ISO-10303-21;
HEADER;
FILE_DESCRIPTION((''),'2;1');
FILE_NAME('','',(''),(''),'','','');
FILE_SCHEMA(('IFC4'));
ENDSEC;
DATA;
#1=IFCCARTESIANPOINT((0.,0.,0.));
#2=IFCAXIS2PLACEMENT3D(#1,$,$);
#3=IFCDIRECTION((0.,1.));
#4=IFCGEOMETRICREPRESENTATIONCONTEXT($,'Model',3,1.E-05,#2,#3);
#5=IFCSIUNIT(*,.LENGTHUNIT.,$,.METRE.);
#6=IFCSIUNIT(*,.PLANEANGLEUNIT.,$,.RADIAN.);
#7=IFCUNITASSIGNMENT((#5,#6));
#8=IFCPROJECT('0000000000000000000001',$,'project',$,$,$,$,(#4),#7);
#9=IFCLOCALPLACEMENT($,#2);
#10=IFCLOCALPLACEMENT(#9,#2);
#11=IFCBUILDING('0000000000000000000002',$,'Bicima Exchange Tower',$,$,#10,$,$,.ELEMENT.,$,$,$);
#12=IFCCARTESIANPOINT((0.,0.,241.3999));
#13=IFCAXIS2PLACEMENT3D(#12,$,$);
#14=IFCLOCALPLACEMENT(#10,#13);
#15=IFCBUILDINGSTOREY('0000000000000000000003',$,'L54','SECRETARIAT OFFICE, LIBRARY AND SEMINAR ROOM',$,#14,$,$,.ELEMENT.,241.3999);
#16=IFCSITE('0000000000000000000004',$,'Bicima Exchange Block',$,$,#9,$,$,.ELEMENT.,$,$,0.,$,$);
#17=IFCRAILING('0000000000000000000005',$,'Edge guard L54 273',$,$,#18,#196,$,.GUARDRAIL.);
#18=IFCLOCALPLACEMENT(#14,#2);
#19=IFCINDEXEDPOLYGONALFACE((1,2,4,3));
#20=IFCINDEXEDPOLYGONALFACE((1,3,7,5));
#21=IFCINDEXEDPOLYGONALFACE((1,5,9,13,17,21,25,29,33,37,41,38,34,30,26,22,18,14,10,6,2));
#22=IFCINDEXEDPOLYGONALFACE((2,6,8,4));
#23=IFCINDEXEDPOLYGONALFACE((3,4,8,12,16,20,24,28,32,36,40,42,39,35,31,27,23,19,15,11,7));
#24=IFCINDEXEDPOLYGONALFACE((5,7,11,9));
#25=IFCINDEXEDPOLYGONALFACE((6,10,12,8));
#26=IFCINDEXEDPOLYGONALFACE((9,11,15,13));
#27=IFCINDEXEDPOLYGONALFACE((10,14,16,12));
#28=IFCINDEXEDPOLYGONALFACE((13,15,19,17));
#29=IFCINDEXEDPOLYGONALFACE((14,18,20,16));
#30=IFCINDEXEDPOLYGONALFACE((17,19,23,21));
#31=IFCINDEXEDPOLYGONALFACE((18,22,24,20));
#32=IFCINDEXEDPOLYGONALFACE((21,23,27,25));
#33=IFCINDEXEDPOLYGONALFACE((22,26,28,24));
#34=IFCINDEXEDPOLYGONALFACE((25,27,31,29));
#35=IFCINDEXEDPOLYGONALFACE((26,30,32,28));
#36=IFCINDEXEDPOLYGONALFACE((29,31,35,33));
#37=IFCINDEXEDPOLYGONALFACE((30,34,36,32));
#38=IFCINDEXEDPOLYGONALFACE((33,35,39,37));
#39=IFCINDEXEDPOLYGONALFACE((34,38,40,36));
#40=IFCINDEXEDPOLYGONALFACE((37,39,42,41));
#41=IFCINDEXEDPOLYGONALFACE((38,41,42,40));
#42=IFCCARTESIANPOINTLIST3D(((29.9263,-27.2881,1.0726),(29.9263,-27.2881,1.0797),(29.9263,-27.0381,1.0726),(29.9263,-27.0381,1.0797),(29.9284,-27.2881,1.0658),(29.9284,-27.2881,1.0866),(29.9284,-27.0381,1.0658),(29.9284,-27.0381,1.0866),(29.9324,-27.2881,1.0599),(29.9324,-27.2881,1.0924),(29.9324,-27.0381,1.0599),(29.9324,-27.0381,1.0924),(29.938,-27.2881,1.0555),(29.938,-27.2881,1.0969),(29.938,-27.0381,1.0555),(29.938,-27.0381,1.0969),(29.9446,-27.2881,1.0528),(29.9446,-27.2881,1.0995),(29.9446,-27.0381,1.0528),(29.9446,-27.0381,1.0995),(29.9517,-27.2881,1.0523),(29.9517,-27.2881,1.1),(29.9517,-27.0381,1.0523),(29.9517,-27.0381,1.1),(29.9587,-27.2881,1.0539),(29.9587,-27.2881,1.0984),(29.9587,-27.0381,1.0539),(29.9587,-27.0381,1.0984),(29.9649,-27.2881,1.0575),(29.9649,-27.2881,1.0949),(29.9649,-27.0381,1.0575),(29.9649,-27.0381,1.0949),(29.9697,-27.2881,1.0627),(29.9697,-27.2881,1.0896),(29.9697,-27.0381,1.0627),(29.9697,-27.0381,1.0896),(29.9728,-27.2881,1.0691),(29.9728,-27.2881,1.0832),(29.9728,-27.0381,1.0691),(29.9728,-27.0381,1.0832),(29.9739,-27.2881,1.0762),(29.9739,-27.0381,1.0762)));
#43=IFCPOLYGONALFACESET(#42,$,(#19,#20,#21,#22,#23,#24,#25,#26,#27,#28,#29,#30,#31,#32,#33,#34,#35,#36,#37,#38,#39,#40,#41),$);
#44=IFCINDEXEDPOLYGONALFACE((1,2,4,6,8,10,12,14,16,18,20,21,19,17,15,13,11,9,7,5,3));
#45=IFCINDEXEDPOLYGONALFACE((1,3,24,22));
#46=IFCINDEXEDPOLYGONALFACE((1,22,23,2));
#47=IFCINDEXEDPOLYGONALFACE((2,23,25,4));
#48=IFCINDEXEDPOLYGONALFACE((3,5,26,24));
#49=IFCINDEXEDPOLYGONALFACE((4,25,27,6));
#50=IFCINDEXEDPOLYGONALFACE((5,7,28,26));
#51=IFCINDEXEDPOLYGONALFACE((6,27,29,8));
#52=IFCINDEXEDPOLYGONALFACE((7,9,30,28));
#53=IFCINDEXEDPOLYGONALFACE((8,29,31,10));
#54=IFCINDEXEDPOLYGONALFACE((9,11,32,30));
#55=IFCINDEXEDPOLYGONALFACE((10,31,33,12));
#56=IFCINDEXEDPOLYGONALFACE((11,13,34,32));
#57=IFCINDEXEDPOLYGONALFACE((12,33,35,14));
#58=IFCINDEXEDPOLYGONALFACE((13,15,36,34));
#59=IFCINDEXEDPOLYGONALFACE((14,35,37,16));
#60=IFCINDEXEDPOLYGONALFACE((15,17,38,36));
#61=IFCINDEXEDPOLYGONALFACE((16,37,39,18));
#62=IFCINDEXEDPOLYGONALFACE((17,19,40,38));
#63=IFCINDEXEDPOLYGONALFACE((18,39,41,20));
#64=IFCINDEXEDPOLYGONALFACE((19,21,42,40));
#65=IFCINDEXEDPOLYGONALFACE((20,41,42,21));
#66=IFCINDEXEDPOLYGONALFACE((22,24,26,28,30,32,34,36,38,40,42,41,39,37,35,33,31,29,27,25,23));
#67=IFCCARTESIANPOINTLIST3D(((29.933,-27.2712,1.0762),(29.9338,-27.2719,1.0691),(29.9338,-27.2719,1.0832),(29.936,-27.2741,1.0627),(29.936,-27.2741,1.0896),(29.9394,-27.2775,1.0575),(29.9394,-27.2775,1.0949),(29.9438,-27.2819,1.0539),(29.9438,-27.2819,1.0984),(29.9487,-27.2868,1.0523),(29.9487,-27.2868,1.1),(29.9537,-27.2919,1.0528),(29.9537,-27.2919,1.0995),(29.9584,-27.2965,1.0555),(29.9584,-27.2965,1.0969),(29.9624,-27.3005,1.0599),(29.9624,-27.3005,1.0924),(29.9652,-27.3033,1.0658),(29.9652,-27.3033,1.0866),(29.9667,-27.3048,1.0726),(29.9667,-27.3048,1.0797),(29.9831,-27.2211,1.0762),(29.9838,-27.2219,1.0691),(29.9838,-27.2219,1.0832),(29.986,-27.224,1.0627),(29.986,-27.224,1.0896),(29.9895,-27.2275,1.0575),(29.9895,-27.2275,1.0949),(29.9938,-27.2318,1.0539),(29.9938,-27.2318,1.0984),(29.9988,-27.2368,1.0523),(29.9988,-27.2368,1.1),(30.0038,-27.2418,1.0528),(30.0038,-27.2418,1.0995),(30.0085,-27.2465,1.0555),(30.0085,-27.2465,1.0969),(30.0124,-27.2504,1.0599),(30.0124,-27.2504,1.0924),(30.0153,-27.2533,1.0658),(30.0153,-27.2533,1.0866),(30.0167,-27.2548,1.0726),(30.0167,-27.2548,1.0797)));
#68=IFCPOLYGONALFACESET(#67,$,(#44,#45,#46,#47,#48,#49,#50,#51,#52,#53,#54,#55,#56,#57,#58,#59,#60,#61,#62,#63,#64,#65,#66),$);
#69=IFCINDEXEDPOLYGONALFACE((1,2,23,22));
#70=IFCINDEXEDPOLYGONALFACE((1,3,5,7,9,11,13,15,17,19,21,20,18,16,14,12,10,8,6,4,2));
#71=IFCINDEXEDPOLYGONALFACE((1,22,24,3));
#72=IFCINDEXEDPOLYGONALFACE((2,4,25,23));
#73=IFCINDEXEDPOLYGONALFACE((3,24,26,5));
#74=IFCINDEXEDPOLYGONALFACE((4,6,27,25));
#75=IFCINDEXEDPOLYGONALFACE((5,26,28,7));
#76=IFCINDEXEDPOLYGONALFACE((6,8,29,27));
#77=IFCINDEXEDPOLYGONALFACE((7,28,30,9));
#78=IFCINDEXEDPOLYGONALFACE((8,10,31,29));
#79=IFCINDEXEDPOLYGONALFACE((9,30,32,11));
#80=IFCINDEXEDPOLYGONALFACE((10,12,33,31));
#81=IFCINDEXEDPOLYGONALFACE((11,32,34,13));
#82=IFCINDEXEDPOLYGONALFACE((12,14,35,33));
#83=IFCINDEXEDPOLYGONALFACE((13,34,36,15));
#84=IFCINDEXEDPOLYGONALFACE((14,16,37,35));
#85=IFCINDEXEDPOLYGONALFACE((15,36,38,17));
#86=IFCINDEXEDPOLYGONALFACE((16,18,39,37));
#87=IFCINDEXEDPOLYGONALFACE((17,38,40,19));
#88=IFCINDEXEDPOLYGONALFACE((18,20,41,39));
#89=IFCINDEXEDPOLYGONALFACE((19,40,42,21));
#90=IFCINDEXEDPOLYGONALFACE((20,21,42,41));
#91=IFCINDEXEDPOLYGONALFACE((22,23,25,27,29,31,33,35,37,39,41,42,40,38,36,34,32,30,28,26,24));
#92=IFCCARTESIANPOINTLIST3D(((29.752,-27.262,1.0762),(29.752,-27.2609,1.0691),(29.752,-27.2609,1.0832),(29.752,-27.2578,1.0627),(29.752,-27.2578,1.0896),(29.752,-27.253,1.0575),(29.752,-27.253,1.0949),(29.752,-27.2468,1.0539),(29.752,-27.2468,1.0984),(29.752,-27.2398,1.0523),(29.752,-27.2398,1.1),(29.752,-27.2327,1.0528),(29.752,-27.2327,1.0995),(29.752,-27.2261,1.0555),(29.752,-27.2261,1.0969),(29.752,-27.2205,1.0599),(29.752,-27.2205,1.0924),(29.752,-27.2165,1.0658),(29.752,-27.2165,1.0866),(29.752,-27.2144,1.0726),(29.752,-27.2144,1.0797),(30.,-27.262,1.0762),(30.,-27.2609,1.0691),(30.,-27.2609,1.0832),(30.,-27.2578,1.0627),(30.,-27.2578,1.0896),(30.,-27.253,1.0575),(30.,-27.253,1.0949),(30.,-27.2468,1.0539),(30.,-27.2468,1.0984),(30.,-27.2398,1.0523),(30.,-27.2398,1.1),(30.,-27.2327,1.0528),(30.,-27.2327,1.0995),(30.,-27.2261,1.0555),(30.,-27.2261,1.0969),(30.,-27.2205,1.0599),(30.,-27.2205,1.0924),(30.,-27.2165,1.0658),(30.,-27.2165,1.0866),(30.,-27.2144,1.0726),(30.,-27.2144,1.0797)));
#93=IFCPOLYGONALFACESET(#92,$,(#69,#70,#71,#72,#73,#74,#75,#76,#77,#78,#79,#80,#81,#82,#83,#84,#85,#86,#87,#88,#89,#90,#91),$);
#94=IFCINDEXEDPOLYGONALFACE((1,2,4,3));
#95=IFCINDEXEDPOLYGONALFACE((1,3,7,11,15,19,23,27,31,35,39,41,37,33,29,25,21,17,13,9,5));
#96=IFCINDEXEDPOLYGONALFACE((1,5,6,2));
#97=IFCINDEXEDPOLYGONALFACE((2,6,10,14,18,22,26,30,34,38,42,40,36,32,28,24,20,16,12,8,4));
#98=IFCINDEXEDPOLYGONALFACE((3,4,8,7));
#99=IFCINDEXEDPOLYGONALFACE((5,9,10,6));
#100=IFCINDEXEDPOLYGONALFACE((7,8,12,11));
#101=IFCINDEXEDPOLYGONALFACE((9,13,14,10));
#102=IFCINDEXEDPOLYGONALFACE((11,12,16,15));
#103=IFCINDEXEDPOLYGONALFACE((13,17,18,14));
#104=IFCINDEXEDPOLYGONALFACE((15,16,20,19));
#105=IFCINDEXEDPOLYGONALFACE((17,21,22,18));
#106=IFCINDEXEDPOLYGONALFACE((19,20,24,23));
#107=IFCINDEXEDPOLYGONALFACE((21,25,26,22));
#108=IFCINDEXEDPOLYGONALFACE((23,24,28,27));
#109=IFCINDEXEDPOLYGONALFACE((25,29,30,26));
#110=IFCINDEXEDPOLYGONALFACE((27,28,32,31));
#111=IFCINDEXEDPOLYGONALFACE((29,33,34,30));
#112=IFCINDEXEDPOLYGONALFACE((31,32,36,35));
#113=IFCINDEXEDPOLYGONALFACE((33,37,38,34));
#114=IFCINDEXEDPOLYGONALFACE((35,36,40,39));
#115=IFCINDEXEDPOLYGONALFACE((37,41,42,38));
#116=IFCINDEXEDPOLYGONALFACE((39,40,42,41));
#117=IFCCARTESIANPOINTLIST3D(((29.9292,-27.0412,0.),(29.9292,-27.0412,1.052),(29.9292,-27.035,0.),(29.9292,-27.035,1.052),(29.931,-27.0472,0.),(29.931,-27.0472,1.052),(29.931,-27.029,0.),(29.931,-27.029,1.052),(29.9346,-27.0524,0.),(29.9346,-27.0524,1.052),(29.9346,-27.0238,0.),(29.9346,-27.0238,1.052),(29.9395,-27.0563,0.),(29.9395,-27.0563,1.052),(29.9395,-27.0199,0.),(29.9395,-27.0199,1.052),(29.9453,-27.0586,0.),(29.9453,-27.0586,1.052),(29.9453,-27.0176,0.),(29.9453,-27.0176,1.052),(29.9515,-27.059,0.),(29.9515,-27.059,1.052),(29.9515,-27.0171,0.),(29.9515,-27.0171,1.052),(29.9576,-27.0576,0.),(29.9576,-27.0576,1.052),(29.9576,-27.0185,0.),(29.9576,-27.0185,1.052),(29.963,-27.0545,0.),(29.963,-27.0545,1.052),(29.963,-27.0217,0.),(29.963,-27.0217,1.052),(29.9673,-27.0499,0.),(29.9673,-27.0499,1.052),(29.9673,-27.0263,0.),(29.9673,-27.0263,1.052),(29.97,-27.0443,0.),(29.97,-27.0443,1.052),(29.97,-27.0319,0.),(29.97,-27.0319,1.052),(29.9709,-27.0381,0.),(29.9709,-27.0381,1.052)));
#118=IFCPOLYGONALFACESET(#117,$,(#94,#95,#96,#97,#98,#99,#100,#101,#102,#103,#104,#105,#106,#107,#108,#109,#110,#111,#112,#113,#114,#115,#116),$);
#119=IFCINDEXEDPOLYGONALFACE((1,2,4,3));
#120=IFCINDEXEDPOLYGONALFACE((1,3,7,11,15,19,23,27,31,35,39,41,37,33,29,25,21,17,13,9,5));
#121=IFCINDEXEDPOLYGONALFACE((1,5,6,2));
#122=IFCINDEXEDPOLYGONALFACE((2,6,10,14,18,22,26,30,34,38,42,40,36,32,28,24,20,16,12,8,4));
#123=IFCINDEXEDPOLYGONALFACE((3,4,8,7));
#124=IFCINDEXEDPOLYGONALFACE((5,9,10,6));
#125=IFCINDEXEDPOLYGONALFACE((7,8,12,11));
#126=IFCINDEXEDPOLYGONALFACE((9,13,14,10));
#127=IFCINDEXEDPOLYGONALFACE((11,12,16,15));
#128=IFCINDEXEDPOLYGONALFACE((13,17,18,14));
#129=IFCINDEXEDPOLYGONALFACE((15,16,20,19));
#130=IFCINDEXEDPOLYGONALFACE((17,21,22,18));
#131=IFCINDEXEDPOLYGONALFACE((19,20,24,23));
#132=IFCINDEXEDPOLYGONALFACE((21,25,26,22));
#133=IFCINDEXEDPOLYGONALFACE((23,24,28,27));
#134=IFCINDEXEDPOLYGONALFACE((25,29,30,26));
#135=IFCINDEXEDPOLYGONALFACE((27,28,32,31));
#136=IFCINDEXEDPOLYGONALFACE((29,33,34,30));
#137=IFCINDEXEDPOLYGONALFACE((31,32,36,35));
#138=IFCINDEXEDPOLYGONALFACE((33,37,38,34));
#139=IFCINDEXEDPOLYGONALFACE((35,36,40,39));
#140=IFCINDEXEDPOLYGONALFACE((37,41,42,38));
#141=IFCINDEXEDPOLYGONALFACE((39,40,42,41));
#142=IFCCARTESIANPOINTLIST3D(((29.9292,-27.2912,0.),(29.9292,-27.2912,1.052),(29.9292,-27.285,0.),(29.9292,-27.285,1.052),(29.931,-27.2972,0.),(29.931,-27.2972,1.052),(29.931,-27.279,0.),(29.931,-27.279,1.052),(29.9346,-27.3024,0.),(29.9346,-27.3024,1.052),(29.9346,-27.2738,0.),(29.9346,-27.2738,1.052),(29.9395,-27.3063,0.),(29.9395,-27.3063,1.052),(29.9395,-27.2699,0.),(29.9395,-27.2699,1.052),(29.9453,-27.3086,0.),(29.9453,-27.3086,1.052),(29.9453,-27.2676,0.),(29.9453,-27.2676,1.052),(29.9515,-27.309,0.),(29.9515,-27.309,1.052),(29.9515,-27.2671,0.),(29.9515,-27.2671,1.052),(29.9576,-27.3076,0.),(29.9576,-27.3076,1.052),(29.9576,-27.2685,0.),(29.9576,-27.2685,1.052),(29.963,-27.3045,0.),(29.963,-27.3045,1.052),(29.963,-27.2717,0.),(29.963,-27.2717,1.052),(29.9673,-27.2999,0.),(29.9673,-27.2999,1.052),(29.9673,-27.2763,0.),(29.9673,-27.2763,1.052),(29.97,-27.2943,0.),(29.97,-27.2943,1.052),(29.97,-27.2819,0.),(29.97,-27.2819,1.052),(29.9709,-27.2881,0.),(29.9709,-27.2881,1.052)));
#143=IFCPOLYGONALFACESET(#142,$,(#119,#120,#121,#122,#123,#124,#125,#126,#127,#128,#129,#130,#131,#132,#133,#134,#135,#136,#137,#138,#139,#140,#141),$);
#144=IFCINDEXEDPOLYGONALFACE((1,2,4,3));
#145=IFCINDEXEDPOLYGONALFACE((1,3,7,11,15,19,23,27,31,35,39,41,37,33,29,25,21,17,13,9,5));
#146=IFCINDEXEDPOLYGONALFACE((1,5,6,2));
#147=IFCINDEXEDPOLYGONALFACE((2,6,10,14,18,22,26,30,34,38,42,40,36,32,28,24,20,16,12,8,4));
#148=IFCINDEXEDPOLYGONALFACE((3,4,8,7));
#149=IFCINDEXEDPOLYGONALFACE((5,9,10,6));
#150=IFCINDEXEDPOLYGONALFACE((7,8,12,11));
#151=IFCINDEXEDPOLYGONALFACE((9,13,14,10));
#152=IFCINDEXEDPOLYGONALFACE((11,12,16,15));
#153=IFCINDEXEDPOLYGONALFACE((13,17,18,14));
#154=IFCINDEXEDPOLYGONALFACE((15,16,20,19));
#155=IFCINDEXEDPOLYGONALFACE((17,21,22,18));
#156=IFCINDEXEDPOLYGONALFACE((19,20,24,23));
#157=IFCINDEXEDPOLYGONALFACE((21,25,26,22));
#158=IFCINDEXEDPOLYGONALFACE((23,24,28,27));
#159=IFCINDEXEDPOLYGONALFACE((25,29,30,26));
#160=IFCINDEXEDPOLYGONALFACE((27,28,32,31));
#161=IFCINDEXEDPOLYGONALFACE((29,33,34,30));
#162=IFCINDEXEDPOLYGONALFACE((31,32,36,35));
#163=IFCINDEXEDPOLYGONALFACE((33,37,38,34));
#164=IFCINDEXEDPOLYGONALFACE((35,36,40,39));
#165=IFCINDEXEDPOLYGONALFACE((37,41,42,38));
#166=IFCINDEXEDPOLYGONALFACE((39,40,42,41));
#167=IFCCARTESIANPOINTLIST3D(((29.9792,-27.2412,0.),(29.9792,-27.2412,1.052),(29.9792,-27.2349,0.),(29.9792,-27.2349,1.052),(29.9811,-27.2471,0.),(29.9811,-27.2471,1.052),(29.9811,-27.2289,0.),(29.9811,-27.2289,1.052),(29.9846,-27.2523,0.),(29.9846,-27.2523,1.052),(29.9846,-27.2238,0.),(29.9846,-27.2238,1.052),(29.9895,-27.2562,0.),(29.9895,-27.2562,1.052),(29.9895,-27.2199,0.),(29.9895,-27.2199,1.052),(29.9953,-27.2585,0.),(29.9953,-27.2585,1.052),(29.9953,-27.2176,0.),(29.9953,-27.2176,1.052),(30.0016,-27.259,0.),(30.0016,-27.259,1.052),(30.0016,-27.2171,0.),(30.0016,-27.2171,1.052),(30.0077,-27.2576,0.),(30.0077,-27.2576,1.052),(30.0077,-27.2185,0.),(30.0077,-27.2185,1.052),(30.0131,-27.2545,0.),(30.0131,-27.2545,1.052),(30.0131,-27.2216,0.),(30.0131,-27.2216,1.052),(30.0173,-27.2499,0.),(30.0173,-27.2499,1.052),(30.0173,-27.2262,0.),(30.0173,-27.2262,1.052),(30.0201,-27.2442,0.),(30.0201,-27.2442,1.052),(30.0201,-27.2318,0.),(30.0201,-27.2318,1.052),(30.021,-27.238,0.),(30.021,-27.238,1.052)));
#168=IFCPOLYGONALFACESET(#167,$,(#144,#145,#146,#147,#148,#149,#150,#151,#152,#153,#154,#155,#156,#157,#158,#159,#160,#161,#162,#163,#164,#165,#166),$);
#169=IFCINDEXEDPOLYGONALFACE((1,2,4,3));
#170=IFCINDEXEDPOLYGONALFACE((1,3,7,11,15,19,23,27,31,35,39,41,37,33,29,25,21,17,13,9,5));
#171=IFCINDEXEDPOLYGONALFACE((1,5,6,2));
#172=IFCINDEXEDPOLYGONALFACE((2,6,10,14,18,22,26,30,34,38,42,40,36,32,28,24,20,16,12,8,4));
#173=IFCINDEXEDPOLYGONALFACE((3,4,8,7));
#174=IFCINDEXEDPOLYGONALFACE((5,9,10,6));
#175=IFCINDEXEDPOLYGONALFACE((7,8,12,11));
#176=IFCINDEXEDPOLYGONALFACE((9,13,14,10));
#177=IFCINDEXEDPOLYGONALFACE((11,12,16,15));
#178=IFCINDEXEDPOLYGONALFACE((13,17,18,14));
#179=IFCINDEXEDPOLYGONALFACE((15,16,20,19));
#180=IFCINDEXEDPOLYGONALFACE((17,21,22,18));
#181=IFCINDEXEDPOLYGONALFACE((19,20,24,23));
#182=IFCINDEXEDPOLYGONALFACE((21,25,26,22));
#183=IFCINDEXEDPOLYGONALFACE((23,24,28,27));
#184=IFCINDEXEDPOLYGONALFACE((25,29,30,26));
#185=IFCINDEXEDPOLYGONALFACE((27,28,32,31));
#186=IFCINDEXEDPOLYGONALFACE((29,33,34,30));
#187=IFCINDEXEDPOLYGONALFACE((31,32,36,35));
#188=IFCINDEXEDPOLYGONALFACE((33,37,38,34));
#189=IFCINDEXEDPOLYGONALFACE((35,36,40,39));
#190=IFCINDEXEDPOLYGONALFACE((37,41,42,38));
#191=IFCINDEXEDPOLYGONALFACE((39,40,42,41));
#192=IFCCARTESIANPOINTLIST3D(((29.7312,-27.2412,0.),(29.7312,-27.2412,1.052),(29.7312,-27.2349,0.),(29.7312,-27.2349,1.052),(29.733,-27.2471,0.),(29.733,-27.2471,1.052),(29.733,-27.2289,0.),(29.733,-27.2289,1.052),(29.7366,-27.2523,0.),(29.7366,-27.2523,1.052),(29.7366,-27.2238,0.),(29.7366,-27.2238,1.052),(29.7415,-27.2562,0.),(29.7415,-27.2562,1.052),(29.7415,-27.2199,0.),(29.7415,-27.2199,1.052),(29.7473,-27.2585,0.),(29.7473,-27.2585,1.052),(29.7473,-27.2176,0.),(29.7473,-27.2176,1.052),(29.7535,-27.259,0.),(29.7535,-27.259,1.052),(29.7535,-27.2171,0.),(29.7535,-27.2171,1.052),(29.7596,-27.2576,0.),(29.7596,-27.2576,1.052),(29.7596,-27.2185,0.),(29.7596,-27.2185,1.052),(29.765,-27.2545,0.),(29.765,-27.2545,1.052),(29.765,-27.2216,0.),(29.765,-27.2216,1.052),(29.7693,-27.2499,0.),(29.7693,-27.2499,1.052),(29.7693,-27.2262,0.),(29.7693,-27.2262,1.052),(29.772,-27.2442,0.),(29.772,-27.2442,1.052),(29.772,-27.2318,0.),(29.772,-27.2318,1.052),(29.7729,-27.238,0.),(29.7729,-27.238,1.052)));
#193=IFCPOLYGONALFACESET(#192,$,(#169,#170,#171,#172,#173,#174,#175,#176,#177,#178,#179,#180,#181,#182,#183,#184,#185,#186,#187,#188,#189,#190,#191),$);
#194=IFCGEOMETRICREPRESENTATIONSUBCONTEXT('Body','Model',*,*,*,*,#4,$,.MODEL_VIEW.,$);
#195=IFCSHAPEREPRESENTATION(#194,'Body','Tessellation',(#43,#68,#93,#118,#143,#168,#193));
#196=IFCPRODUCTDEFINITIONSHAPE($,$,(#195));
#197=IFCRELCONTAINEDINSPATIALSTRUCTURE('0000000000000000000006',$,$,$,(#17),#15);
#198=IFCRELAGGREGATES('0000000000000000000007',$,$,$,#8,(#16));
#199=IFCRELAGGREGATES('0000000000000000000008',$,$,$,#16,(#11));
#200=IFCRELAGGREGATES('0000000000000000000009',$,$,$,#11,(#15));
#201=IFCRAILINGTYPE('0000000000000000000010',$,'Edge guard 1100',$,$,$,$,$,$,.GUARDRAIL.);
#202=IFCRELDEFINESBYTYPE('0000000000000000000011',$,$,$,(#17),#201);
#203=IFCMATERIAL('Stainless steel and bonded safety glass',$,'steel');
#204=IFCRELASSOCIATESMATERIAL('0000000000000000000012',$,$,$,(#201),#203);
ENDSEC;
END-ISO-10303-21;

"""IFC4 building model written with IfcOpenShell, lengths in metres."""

from ifc_helpers import new_model, si_unit, direction, frame, origin, origin_2d, place, context, subcontext, project, spatial, circle, extrude, material, type_object, element, save


model = new_model("IFC4")

# Units and contexts
model_context = context("Model", 3, precision=1e-05, world=origin(), true_north=direction((0.0, 1.0)))
body_context = subcontext(model_context, "Body", "Model", "MODEL_VIEW")
ifc_project = project(units=[si_unit("LENGTHUNIT", "METRE"), si_unit("PLANEANGLEUNIT", "RADIAN")], contexts=[model_context])

# Site, building, storey
site_placement = place(None, origin())
site = spatial("IfcSite", under=ifc_project, at=site_placement, Name="Bicima Exchange Block", CompositionType="ELEMENT", RefElevation=0.0)
building_placement = place(site_placement, origin())
building = spatial("IfcBuilding", under=site, at=building_placement, Name="Bicima Exchange Tower", CompositionType="ELEMENT")
storey_placement = place(building_placement, frame((0.0, 0.0, 241.3999)))
storey = spatial("IfcBuildingStorey", under=building, at=storey_placement, Name="L54", Description="SECRETARIAT OFFICE, LIBRARY AND SEMINAR ROOM", CompositionType="ELEMENT", Elevation=241.3999)

# Railing
ifc_material_1 = material(Name="Stainless steel and bonded safety glass", Category="steel")
railing_type_1 = type_object("IfcRailingType", Name="Edge guard 1100", PredefinedType="GUARDRAIL", material=ifc_material_1)
railing_1_placement = place(storey_placement, frame((29.95, -27.0381, 0.0)))
element("IfcRailing", 1, at=railing_1_placement, inside=storey, type_object=railing_type_1, Name="Edge guard L54 273", PredefinedType="GUARDRAIL", context=body_context, shape_type="SweptSolid", body=[
    extrude(circle(Radius=0.0239, at=origin_2d()), frame((0.0, 0.0, 1.0762), z_axis=(0.0, -1.0, 0.0), x_axis=(1.0, 0.0, 0.0)), (0.0, 0.0, 1.0), 0.25),
    extrude(circle(Radius=0.0239, at=origin_2d()), frame((0.0, -0.25, 1.0762), z_axis=(0.707107, 0.707107, 0.0), x_axis=(-0.707107, 0.707107, 0.0)), (0.0, 0.0, 1.0), 0.0708),
    extrude(circle(Radius=0.0239, at=origin_2d()), frame((0.05, -0.2, 1.0762), z_axis=(-1.0, 0.0, 0.0), x_axis=(0.0, -1.0, 0.0)), (0.0, 0.0, 1.0), 0.248),
    extrude(circle(Radius=0.021, at=origin_2d()), origin(), (0.0, 0.0, 1.0), 1.052),
    extrude(circle(Radius=0.021, at=origin_2d()), frame((0.0, -0.25, 0.0)), (0.0, 0.0, 1.0), 1.052),
    extrude(circle(Radius=0.021, at=origin_2d()), frame((0.05, -0.2, 0.0)), (0.0, 0.0, 1.0), 1.052),
    extrude(circle(Radius=0.021, at=origin_2d()), frame((-0.198, -0.2, 0.0)), (0.0, 0.0, 1.0), 1.052),
])

save(model, "model.ifc")
